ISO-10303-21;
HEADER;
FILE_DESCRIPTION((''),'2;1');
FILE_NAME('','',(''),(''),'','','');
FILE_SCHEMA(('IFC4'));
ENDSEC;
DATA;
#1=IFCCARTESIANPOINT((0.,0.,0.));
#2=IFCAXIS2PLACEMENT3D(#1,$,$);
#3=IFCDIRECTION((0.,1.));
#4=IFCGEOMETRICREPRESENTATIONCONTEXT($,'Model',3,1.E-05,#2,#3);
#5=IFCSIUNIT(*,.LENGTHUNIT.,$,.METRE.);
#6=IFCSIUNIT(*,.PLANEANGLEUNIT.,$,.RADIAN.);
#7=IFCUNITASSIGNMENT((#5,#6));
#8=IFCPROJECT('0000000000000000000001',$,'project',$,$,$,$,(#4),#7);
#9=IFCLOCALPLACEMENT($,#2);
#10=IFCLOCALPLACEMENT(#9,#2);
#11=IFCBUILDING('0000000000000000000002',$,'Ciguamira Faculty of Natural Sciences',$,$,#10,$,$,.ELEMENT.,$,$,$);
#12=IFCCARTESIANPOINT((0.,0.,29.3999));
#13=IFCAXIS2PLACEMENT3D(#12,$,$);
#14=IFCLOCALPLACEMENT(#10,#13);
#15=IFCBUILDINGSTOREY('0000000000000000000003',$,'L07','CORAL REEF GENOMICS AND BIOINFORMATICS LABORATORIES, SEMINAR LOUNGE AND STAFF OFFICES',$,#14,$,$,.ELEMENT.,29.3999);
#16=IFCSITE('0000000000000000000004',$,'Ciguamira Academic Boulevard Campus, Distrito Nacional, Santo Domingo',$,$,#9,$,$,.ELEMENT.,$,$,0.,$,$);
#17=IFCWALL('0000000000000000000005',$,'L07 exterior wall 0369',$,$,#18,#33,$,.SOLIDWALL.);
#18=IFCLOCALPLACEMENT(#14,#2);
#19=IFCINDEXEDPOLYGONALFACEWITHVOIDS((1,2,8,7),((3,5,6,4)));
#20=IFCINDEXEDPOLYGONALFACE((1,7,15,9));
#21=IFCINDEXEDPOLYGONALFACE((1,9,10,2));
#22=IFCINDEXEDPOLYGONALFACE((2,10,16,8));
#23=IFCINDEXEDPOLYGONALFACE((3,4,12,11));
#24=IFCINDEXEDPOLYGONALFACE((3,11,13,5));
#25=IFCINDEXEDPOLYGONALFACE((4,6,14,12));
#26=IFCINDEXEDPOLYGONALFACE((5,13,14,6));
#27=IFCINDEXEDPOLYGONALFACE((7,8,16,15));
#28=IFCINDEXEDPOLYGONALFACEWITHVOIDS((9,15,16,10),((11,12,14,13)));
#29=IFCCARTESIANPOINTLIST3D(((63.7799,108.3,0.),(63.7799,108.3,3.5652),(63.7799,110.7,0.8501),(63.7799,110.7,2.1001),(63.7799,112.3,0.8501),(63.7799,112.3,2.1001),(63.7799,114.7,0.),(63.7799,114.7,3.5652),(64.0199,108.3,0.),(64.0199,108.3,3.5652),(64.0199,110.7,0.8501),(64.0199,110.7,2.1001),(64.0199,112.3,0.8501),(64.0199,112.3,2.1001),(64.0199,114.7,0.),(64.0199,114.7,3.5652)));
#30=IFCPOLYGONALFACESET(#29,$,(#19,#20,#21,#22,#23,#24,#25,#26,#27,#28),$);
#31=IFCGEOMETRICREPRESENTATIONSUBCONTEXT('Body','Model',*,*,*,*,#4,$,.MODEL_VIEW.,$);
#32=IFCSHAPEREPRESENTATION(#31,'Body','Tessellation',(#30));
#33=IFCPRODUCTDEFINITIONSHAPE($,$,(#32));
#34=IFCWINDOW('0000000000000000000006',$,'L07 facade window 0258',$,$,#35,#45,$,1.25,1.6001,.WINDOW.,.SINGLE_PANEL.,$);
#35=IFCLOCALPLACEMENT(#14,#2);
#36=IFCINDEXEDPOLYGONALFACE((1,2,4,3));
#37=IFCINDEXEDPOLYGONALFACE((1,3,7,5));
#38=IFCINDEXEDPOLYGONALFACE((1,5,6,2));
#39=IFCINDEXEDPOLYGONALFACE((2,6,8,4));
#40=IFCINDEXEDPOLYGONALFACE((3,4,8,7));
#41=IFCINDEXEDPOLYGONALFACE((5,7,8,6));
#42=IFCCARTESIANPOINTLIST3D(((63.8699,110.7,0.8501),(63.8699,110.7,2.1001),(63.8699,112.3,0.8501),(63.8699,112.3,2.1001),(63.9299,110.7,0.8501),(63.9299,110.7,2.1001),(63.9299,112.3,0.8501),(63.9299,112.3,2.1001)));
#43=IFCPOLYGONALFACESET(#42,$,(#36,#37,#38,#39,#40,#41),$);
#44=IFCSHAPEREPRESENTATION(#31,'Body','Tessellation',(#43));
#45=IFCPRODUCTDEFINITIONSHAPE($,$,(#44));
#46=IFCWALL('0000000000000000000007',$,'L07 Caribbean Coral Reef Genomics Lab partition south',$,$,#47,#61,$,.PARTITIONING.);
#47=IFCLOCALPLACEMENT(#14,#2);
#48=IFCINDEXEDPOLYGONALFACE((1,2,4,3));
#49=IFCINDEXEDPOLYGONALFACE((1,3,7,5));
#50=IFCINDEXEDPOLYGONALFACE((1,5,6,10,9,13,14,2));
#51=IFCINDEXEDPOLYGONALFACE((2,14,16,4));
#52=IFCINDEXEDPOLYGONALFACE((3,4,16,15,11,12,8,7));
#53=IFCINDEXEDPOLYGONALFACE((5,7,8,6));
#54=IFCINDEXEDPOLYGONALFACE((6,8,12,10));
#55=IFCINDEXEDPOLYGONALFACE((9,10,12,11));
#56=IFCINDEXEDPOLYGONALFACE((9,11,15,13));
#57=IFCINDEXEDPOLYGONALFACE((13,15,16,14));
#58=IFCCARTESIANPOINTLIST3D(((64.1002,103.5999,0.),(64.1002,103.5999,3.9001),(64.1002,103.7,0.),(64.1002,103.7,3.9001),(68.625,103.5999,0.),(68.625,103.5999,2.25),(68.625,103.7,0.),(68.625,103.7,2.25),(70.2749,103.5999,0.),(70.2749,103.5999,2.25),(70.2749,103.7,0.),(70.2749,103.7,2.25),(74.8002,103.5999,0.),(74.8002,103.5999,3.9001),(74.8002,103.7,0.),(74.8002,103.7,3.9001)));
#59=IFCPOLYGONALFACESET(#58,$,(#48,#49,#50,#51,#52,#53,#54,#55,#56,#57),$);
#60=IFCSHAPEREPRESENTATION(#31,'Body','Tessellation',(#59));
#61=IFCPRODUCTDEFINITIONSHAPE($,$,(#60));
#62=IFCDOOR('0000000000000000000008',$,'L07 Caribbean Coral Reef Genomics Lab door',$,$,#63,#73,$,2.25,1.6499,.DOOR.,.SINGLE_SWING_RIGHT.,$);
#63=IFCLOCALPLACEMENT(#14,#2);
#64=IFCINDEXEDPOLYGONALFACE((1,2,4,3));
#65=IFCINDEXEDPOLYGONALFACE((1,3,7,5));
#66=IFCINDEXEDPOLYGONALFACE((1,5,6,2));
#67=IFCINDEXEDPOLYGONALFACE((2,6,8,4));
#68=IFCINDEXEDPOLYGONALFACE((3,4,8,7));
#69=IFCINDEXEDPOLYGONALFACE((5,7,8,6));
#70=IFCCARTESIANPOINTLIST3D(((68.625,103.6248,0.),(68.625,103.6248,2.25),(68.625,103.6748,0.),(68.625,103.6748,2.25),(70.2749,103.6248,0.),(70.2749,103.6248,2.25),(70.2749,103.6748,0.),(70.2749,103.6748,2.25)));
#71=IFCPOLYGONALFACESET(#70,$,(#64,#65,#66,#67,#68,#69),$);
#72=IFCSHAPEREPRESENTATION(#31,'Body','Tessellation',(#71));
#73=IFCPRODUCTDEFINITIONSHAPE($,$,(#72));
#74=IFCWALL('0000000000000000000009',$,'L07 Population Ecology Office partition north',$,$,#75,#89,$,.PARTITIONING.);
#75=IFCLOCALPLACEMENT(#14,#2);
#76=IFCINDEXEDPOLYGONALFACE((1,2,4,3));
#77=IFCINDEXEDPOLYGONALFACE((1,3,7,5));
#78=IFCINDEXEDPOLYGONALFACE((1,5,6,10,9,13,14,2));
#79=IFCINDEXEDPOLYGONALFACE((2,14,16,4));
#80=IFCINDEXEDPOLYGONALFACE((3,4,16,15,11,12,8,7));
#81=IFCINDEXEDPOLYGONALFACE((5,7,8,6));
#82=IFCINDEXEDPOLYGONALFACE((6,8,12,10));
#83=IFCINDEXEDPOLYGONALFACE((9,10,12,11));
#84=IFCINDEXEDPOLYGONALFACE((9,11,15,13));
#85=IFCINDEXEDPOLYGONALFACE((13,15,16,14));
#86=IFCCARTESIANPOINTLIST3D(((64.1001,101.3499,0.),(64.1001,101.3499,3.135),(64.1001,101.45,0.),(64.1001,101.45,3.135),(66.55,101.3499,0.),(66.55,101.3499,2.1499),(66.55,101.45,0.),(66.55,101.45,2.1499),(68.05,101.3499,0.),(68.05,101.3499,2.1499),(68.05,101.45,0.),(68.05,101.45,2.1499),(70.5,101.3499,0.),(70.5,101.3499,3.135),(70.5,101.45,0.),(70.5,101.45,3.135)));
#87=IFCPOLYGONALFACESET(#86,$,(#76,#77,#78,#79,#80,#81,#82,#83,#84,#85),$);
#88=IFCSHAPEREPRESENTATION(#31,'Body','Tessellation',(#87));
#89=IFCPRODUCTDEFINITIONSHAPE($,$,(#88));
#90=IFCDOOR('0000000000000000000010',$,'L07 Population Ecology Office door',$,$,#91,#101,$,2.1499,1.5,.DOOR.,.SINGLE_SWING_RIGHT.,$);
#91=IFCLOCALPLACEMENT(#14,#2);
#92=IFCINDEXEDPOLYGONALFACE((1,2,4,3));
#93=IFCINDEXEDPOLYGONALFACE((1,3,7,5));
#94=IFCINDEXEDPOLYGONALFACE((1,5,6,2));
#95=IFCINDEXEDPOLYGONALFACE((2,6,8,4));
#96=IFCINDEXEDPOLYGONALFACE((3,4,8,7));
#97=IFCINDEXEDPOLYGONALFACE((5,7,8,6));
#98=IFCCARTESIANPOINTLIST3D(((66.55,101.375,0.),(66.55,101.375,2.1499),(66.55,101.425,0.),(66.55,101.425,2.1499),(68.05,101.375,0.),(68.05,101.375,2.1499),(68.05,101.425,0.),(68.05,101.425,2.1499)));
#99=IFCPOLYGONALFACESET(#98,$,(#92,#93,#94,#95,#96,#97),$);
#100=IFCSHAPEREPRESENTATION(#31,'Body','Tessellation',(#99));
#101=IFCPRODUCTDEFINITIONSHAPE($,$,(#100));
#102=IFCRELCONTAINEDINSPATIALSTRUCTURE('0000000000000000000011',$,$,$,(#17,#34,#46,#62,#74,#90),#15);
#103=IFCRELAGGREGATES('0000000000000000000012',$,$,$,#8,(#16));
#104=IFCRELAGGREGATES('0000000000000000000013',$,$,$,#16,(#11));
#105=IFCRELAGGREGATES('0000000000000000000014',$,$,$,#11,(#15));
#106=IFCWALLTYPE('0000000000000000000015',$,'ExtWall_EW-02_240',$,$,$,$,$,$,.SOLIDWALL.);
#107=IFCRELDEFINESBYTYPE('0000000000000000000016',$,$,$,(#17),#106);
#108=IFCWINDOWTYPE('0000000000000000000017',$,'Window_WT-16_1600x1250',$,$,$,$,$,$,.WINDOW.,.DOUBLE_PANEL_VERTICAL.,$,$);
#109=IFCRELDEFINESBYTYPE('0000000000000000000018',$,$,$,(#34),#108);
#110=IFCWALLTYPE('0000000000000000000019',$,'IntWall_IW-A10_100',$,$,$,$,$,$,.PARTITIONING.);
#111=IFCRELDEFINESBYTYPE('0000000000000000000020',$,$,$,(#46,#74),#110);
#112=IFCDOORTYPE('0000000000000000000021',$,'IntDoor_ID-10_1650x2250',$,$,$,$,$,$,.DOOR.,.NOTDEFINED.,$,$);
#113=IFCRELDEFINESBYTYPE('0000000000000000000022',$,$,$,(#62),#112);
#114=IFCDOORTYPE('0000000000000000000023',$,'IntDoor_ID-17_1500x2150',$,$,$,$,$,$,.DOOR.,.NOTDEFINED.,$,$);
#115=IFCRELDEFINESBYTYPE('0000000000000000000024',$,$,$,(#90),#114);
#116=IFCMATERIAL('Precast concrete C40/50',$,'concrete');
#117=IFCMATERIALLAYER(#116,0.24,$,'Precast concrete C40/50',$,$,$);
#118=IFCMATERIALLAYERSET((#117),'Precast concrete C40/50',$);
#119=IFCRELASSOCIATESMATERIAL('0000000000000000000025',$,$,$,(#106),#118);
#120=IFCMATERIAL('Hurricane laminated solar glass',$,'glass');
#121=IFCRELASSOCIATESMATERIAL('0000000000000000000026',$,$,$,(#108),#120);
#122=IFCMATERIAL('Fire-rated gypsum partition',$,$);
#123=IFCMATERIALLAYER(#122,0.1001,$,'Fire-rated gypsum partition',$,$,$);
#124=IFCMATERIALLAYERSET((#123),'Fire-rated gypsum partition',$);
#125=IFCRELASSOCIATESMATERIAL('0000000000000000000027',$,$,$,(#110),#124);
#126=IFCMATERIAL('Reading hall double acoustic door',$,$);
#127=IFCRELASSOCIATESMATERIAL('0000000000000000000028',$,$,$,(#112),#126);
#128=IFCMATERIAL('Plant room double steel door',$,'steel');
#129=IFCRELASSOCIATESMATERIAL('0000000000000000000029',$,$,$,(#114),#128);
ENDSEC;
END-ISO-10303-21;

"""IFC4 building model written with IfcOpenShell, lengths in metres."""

from ifc_helpers import new_model, si_unit, direction, frame, frame_2d, origin, place, context, subcontext, project, spatial, rectangle, extrude, material, layer, layer_set, type_object, element, fill, save


model = new_model("IFC4")

# Units and contexts
model_context = context("Model", 3, precision=1e-05, world=origin(), true_north=direction((0.0, 1.0)))
body_context = subcontext(model_context, "Body", "Model", "MODEL_VIEW")
ifc_project = project(units=[si_unit("LENGTHUNIT", "METRE"), si_unit("PLANEANGLEUNIT", "RADIAN")], contexts=[model_context])

# Site, building, storey
site_placement = place(None, origin())
site = spatial("IfcSite", under=ifc_project, at=site_placement, Name="Ciguamira Academic Boulevard Campus, Distrito Nacional, Santo Domingo", CompositionType="ELEMENT", RefElevation=0.0)
building_placement = place(site_placement, origin())
building = spatial("IfcBuilding", under=site, at=building_placement, Name="Ciguamira Faculty of Natural Sciences", CompositionType="ELEMENT")
storey_placement = place(building_placement, frame((0.0, 0.0, 29.3999)))
storey = spatial("IfcBuildingStorey", under=building, at=storey_placement, Name="L07", Description="CORAL REEF GENOMICS AND BIOINFORMATICS LABORATORIES, SEMINAR LOUNGE AND STAFF OFFICES", CompositionType="ELEMENT", Elevation=29.3999)

# Shared definitions
ifc_material_1 = material(Name="Precast concrete C40/50", Category="concrete")

# Wall, opening, window
ifc_layer_1 = layer(ifc_material_1, 0.24, Name="Precast concrete C40/50")
ifc_layer_set_1 = layer_set([ifc_layer_1], Name="Precast concrete C40/50")
wall_type_1 = type_object("IfcWallType", Name="ExtWall_EW-02_240", PredefinedType="SOLIDWALL", material=ifc_layer_set_1)
ifc_material_2 = material(Name="Hurricane laminated solar glass", Category="glass")
wall_1_placement = place(storey_placement, frame((63.8999, 108.3, 0.0), z_axis=(0.0, 0.0, 1.0), x_axis=(0.0, 1.0, 0.0)))
wall_1 = element("IfcWall", 1, at=wall_1_placement, inside=storey, type_object=wall_type_1, Name="L07 exterior wall 0369", PredefinedType="SOLIDWALL", context=body_context, shape_type="SweptSolid", body=[
    extrude(rectangle(XDim=6.3999, YDim=0.24, at=frame_2d((3.2, 0.0))), origin(), (0.0, 0.0, 1.0), 3.5652),
])
opening_1_placement = place(wall_1_placement, frame((2.3999, 0.0, 0.8501)))
opening_1 = element("IfcOpeningElement", 2, at=opening_1_placement, cuts=wall_1, PredefinedType="OPENING", context=body_context, shape_type="SweptSolid", body=[
    extrude(rectangle(XDim=1.6001, YDim=1.25, at=frame_2d((0.8, 0.625))), frame((0.0, 0.1299, 0.0), z_axis=(0.0, -1.0, 0.0), x_axis=(1.0, 0.0, 0.0)), (0.0, 0.0, 1.0), 0.26),
])
window_type_1 = type_object("IfcWindowType", Name="Window_WT-16_1600x1250", PartitioningType="DOUBLE_PANEL_VERTICAL", PredefinedType="WINDOW", material=ifc_material_2)
window_1_placement = place(opening_1_placement, origin())
window_1 = element("IfcWindow", 3, at=window_1_placement, inside=storey, type_object=window_type_1, Name="L07 facade window 0258", OverallHeight=1.25, OverallWidth=1.6001, PartitioningType="SINGLE_PANEL", PredefinedType="WINDOW", context=body_context, shape_type="SweptSolid", body=[
    extrude(rectangle(XDim=1.6001, YDim=1.25, at=frame_2d((0.8, 0.625))), frame((0.0, 0.03, 0.0), z_axis=(0.0, -1.0, 0.0), x_axis=(1.0, 0.0, 0.0)), (0.0, 0.0, 1.0), 0.0601),
])
fill(opening_1, window_1)

# Walls, openings, doors
ifc_material_3 = material(Name="Fire-rated gypsum partition")
ifc_layer_2 = layer(ifc_material_3, 0.1001, Name="Fire-rated gypsum partition")
ifc_layer_set_2 = layer_set([ifc_layer_2], Name="Fire-rated gypsum partition")
wall_type_2 = type_object("IfcWallType", Name="IntWall_IW-A10_100", PredefinedType="PARTITIONING", material=ifc_layer_set_2)
wall_2_placement = place(storey_placement, frame((64.1001, 103.6499, 0.0), z_axis=(0.0, 0.0, 1.0), x_axis=(1.0, 0.0, 0.0)))
wall_2 = element("IfcWall", 4, at=wall_2_placement, inside=storey, type_object=wall_type_2, Name="L07 Caribbean Coral Reef Genomics Lab partition south", PredefinedType="PARTITIONING", context=body_context, shape_type="SweptSolid", body=[
    extrude(rectangle(XDim=10.7, YDim=0.1001, at=frame_2d((5.3501, 0.0))), origin(), (0.0, 0.0, 1.0), 3.9001),
])
opening_2_placement = place(wall_2_placement, frame((4.5249, 0.0, 0.0)))
opening_2 = element("IfcOpeningElement", 5, at=opening_2_placement, cuts=wall_2, PredefinedType="OPENING", context=body_context, shape_type="SweptSolid", body=[
    extrude(rectangle(XDim=1.6499, YDim=2.25, at=frame_2d((0.825, 1.125))), frame((0.0, 0.0601, 0.0), z_axis=(0.0, -1.0, 0.0), x_axis=(1.0, 0.0, 0.0)), (0.0, 0.0, 1.0), 0.1201),
])
ifc_material_4 = material(Name="Reading hall double acoustic door")
door_type_1 = type_object("IfcDoorType", Name="IntDoor_ID-10_1650x2250", OperationType="NOTDEFINED", PredefinedType="DOOR", material=ifc_material_4)
door_1_placement = place(opening_2_placement, origin())
door_1 = element("IfcDoor", 6, at=door_1_placement, inside=storey, type_object=door_type_1, Name="L07 Caribbean Coral Reef Genomics Lab door", OperationType="SINGLE_SWING_RIGHT", OverallHeight=2.25, OverallWidth=1.6499, PredefinedType="DOOR", context=body_context, shape_type="SweptSolid", body=[
    extrude(rectangle(XDim=1.6499, YDim=2.25, at=frame_2d((0.825, 1.125))), frame((0.0, 0.0249, 0.0), z_axis=(0.0, -1.0, 0.0), x_axis=(1.0, 0.0, 0.0)), (0.0, 0.0, 1.0), 0.05),
])
fill(opening_2, door_1)
wall_3_placement = place(storey_placement, frame((64.1001, 101.3999, 0.0), z_axis=(0.0, 0.0, 1.0), x_axis=(1.0, 0.0, 0.0)))
wall_3 = element("IfcWall", 7, at=wall_3_placement, inside=storey, type_object=wall_type_2, Name="L07 Population Ecology Office partition north", PredefinedType="PARTITIONING", context=body_context, shape_type="SweptSolid", body=[
    extrude(rectangle(XDim=6.3999, YDim=0.1001, at=frame_2d((3.2, 0.0))), origin(), (0.0, 0.0, 1.0), 3.135),
])
opening_3_placement = place(wall_3_placement, frame((2.45, 0.0, 0.0)))
opening_3 = element("IfcOpeningElement", 8, at=opening_3_placement, cuts=wall_3, PredefinedType="OPENING", context=body_context, shape_type="SweptSolid", body=[
    extrude(rectangle(XDim=1.5, YDim=2.1499, at=frame_2d((0.75, 1.075))), frame((0.0, 0.0601, 0.0), z_axis=(0.0, -1.0, 0.0), x_axis=(1.0, 0.0, 0.0)), (0.0, 0.0, 1.0), 0.1201),
])
ifc_material_5 = material(Name="Plant room double steel door", Category="steel")
door_type_2 = type_object("IfcDoorType", Name="IntDoor_ID-17_1500x2150", OperationType="NOTDEFINED", PredefinedType="DOOR", material=ifc_material_5)
door_2_placement = place(opening_3_placement, frame((1.5, 0.0, 0.0), z_axis=(0.0, 0.0, 1.0), x_axis=(-1.0, 0.0, 0.0)))
door_2 = element("IfcDoor", 9, at=door_2_placement, inside=storey, type_object=door_type_2, Name="L07 Population Ecology Office door", OperationType="SINGLE_SWING_RIGHT", OverallHeight=2.1499, OverallWidth=1.5, PredefinedType="DOOR", context=body_context, shape_type="SweptSolid", body=[
    extrude(rectangle(XDim=1.5, YDim=2.1499, at=frame_2d((0.75, 1.075))), frame((0.0, 0.0249, 0.0), z_axis=(0.0, -1.0, 0.0), x_axis=(1.0, 0.0, 0.0)), (0.0, 0.0, 1.0), 0.05),
])
fill(opening_3, door_2)

save(model, "model.ifc")
